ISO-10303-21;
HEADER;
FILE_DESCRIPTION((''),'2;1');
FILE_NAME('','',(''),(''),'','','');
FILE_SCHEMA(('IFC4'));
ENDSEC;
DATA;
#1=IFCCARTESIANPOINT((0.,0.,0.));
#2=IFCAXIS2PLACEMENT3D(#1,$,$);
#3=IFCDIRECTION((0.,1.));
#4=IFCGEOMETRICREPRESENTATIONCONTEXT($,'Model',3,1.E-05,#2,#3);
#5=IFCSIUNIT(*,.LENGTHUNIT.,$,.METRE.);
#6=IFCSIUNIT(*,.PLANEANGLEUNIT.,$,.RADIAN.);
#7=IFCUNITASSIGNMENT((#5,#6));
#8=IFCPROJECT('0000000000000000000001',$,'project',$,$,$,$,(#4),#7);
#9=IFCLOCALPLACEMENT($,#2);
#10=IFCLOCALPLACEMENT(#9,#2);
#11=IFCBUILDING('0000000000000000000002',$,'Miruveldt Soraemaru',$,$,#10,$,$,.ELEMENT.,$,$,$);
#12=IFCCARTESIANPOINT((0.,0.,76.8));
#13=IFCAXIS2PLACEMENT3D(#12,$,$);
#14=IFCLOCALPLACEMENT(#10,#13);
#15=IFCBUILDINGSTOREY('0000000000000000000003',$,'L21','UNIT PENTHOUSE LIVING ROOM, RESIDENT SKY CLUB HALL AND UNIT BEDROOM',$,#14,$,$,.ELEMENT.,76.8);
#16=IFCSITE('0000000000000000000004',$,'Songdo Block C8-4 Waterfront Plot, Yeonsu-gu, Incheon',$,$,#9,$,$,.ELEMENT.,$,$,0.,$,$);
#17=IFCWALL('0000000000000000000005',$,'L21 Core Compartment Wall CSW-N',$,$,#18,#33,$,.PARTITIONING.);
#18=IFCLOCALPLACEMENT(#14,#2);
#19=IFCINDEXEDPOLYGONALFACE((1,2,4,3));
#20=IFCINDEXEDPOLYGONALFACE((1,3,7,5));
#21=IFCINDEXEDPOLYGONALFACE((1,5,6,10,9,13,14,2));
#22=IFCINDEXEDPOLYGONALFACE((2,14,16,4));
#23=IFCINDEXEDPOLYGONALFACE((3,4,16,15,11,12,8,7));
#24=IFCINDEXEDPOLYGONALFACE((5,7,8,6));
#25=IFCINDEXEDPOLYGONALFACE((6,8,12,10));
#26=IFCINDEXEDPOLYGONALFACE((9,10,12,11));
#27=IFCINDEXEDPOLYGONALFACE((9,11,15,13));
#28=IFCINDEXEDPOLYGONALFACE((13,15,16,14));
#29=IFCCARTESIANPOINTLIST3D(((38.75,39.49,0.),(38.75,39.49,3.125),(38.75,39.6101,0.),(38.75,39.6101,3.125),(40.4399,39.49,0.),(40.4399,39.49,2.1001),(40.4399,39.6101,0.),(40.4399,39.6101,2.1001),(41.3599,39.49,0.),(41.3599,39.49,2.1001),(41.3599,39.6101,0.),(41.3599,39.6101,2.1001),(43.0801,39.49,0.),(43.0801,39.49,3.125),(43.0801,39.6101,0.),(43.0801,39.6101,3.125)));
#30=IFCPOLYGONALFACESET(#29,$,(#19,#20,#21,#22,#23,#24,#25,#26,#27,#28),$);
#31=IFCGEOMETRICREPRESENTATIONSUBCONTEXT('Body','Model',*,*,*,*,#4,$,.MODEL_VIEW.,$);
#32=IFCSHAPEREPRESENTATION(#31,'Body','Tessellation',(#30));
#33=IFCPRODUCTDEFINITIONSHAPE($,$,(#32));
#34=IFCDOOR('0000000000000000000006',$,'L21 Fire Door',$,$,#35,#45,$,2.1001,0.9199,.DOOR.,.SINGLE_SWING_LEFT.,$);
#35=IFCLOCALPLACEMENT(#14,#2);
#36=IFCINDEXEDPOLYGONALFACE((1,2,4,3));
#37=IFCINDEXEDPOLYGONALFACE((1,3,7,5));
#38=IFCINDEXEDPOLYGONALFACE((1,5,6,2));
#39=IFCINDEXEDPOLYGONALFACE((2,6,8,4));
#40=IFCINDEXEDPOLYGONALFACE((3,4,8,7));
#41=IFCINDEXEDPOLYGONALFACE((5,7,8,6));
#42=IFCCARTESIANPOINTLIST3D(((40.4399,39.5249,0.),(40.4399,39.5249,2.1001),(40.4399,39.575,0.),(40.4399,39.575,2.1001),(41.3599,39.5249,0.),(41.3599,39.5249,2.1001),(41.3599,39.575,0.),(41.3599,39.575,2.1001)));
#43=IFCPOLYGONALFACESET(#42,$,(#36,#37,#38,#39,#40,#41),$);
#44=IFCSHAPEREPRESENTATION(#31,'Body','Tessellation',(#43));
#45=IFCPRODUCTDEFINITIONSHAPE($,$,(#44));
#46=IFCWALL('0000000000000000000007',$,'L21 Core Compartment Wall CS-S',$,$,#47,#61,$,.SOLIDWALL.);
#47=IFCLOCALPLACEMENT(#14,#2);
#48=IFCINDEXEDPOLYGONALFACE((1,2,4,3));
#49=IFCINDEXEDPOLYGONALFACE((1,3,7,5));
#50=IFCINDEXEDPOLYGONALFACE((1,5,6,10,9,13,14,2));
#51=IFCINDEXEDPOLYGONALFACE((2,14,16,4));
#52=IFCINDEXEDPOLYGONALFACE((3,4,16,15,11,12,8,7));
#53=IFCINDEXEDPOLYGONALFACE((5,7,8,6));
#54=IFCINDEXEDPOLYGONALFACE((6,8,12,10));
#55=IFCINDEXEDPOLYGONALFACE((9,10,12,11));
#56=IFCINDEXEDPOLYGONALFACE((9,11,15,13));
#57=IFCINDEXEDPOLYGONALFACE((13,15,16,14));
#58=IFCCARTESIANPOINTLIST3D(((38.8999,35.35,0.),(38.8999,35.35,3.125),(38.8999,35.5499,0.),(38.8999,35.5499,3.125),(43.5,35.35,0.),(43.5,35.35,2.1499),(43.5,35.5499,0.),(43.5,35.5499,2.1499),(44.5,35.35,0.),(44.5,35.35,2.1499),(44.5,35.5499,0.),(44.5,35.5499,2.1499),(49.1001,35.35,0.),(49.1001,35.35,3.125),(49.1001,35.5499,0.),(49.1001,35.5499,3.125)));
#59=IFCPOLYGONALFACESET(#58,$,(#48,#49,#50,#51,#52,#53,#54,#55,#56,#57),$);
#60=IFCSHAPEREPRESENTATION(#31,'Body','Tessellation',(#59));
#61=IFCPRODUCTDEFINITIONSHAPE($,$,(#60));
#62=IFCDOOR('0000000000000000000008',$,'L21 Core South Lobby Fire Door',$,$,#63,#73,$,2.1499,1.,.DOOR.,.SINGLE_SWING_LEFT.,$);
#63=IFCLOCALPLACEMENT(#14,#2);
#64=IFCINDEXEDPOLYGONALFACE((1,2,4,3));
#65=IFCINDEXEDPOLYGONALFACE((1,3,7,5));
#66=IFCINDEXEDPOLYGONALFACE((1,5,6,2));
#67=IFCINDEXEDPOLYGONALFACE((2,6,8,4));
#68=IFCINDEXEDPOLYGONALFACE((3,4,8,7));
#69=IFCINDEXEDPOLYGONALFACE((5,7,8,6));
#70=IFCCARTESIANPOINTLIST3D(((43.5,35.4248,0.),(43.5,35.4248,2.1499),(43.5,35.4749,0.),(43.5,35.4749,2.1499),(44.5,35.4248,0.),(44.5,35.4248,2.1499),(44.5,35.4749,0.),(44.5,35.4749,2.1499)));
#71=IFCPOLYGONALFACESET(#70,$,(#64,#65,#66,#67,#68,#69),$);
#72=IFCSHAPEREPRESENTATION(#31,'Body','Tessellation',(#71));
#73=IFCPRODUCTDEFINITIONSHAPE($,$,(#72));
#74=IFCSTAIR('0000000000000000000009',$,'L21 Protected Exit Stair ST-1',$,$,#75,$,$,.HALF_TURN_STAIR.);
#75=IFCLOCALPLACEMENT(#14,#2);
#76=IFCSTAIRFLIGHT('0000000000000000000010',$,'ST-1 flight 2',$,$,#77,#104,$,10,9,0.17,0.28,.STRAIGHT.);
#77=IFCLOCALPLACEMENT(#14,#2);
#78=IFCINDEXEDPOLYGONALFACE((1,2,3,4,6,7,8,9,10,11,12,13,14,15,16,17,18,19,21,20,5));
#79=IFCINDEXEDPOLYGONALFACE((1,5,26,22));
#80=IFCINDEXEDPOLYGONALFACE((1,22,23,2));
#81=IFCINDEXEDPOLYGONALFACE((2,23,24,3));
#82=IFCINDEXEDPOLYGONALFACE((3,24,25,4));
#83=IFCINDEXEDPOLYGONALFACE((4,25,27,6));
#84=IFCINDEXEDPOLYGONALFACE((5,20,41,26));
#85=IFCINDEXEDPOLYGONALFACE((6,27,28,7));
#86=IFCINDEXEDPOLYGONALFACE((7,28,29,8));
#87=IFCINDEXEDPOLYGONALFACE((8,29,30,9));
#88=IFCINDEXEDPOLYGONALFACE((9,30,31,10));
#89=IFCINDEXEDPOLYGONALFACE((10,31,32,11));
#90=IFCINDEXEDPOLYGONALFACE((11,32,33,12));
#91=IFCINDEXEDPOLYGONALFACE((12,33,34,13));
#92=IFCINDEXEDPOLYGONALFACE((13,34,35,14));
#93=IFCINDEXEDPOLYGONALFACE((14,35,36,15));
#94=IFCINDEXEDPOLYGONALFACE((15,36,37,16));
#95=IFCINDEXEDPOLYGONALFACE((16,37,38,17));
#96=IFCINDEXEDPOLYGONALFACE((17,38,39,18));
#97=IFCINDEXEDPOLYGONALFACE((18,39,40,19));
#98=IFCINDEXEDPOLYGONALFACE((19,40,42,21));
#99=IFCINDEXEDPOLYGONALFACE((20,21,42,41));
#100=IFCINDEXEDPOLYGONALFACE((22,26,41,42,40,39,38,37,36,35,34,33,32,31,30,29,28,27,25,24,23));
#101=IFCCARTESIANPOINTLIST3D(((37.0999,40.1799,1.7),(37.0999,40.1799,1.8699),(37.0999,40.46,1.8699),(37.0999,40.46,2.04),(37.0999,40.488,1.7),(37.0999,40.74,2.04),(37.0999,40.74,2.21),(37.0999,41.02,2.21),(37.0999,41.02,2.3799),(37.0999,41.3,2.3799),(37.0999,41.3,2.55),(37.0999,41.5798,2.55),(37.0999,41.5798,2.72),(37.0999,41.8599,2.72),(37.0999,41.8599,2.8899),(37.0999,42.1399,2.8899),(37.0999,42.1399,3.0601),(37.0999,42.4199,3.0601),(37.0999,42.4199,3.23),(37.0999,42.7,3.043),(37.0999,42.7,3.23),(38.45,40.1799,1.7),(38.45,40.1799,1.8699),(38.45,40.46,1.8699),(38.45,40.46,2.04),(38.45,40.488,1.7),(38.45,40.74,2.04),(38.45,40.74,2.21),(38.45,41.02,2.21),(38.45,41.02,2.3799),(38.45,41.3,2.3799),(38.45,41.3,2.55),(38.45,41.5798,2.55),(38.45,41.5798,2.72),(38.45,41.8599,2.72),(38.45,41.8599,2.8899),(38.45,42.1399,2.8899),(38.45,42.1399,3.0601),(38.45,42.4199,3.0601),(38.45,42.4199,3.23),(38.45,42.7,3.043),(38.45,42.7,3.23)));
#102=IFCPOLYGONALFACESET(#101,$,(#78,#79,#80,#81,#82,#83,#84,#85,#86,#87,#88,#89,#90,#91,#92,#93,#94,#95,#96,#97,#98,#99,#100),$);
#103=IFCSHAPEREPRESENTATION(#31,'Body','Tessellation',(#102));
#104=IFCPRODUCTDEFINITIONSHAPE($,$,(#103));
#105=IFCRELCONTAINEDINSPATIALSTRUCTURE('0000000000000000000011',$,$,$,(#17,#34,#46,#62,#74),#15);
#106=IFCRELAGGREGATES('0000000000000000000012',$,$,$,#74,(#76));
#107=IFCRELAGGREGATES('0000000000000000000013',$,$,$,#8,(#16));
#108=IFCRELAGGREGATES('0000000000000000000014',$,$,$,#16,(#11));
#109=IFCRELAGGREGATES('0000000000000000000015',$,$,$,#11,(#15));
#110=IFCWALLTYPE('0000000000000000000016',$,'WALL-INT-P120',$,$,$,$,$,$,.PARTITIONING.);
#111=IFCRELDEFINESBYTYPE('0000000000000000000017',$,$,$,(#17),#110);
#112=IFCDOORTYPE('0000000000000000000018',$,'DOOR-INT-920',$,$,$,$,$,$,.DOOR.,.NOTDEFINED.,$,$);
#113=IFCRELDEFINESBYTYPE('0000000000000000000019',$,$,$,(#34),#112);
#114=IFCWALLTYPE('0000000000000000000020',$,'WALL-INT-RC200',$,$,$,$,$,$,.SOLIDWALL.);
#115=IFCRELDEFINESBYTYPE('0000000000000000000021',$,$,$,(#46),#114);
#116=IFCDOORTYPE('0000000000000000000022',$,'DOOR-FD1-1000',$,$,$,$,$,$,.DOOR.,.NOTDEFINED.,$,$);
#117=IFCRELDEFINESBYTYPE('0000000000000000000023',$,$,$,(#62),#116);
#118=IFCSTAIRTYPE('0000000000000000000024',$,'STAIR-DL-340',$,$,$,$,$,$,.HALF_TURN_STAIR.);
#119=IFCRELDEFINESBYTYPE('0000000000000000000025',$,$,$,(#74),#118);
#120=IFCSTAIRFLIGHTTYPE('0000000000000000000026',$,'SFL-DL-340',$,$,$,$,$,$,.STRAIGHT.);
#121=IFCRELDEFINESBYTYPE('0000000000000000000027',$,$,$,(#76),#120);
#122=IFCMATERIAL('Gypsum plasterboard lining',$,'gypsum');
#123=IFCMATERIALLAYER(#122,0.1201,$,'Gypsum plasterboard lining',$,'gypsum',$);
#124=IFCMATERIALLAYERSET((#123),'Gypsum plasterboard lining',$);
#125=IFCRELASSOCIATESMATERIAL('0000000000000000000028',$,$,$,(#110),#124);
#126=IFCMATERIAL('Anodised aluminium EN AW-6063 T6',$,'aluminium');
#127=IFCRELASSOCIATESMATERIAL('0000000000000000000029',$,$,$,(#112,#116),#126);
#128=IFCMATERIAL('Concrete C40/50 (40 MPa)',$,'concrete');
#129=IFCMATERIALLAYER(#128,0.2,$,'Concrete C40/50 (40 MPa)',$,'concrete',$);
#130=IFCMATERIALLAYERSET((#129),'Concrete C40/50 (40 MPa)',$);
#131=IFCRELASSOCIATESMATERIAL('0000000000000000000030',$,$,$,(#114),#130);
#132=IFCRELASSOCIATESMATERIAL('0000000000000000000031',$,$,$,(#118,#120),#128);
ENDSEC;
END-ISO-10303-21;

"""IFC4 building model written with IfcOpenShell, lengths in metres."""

from ifc_helpers import new_model, si_unit, direction, frame, frame_2d, origin, place, context, subcontext, project, spatial, polyline, rectangle, outline, extrude, material, layer, layer_set, type_object, element, fill, aggregate, save


model = new_model("IFC4")

# Units and contexts
model_context = context("Model", 3, precision=1e-05, world=origin(), true_north=direction((0.0, 1.0)))
body_context = subcontext(model_context, "Body", "Model", "MODEL_VIEW")
ifc_project = project(units=[si_unit("LENGTHUNIT", "METRE"), si_unit("PLANEANGLEUNIT", "RADIAN")], contexts=[model_context])

# Site, building, storey
site_placement = place(None, origin())
site = spatial("IfcSite", under=ifc_project, at=site_placement, Name="Songdo Block C8-4 Waterfront Plot, Yeonsu-gu, Incheon", CompositionType="ELEMENT", RefElevation=0.0)
building_placement = place(site_placement, origin())
building = spatial("IfcBuilding", under=site, at=building_placement, Name="Miruveldt Soraemaru", CompositionType="ELEMENT")
storey_placement = place(building_placement, frame((0.0, 0.0, 76.8)))
storey = spatial("IfcBuildingStorey", under=building, at=storey_placement, Name="L21", Description="UNIT PENTHOUSE LIVING ROOM, RESIDENT SKY CLUB HALL AND UNIT BEDROOM", CompositionType="ELEMENT", Elevation=76.8)

# Shared definitions
ifc_material_1 = material(Name="Gypsum plasterboard lining", Category="gypsum")

# Walls, openings, doors
ifc_layer_1 = layer(ifc_material_1, 0.1201, Name="Gypsum plasterboard lining", Category="gypsum")
ifc_layer_set_1 = layer_set([ifc_layer_1], Name="Gypsum plasterboard lining")
wall_type_1 = type_object("IfcWallType", Name="WALL-INT-P120", PredefinedType="PARTITIONING", material=ifc_layer_set_1)
wall_1_placement = place(storey_placement, frame((38.75, 39.55, 0.0), z_axis=(0.0, 0.0, 1.0), x_axis=(1.0, 0.0, 0.0)))
wall_1 = element("IfcWall", 1, at=wall_1_placement, inside=storey, type_object=wall_type_1, Name="L21 Core Compartment Wall CSW-N", PredefinedType="PARTITIONING", context=body_context, shape_type="SweptSolid", body=[
    extrude(rectangle(XDim=4.3301, YDim=0.1201, at=frame_2d((2.165, 0.0))), origin(), (0.0, 0.0, 1.0), 3.125),
])
opening_1_placement = place(wall_1_placement, frame((1.6899, 0.0, 0.0)))
opening_1 = element("IfcOpeningElement", 2, at=opening_1_placement, cuts=wall_1, PredefinedType="OPENING", context=body_context, shape_type="SweptSolid", body=[
    extrude(rectangle(XDim=0.9199, YDim=2.1001, at=frame_2d((0.46, 1.05))), frame((0.0, 0.0701, 0.0), z_axis=(0.0, -1.0, 0.0), x_axis=(1.0, 0.0, 0.0)), (0.0, 0.0, 1.0), 0.1401),
])
ifc_material_2 = material(Name="Anodised aluminium EN AW-6063 T6", Category="aluminium")
door_type_1 = type_object("IfcDoorType", Name="DOOR-INT-920", OperationType="NOTDEFINED", PredefinedType="DOOR", material=ifc_material_2)
door_1_placement = place(opening_1_placement, origin())
door_1 = element("IfcDoor", 3, at=door_1_placement, inside=storey, type_object=door_type_1, Name="L21 Fire Door", OperationType="SINGLE_SWING_LEFT", OverallHeight=2.1001, OverallWidth=0.9199, PredefinedType="DOOR", context=body_context, shape_type="SweptSolid", body=[
    extrude(rectangle(XDim=0.9199, YDim=2.1001, at=frame_2d((0.46, 1.05))), frame((0.0, 0.0249, 0.0), z_axis=(0.0, -1.0, 0.0), x_axis=(1.0, 0.0, 0.0)), (0.0, 0.0, 1.0), 0.05),
])
fill(opening_1, door_1)
ifc_material_3 = material(Name="Concrete C40/50 (40 MPa)", Category="concrete")
ifc_layer_2 = layer(ifc_material_3, 0.2, Name="Concrete C40/50 (40 MPa)", Category="concrete")
ifc_layer_set_2 = layer_set([ifc_layer_2], Name="Concrete C40/50 (40 MPa)")
wall_type_2 = type_object("IfcWallType", Name="WALL-INT-RC200", PredefinedType="SOLIDWALL", material=ifc_layer_set_2)
wall_2_placement = place(storey_placement, frame((38.8999, 35.45, 0.0), z_axis=(0.0, 0.0, 1.0), x_axis=(1.0, 0.0, 0.0)))
wall_2 = element("IfcWall", 4, at=wall_2_placement, inside=storey, type_object=wall_type_2, Name="L21 Core Compartment Wall CS-S", PredefinedType="SOLIDWALL", context=body_context, shape_type="SweptSolid", body=[
    extrude(rectangle(XDim=10.2002, YDim=0.2, at=frame_2d((5.1001, 0.0))), origin(), (0.0, 0.0, 1.0), 3.125),
])
opening_2_placement = place(wall_2_placement, frame((4.6001, 0.0, 0.0)))
opening_2 = element("IfcOpeningElement", 5, at=opening_2_placement, cuts=wall_2, PredefinedType="OPENING", context=body_context, shape_type="SweptSolid", body=[
    extrude(rectangle(XDim=1.0, YDim=2.1499, at=frame_2d((0.5, 1.075))), frame((0.0, 0.1099, 0.0), z_axis=(0.0, -1.0, 0.0), x_axis=(1.0, 0.0, 0.0)), (0.0, 0.0, 1.0), 0.22),
])
door_type_2 = type_object("IfcDoorType", Name="DOOR-FD1-1000", OperationType="NOTDEFINED", PredefinedType="DOOR", material=ifc_material_2)
door_2_placement = place(opening_2_placement, origin())
door_2 = element("IfcDoor", 6, at=door_2_placement, inside=storey, type_object=door_type_2, Name="L21 Core South Lobby Fire Door", OperationType="SINGLE_SWING_LEFT", OverallHeight=2.1499, OverallWidth=1.0, PredefinedType="DOOR", context=body_context, shape_type="SweptSolid", body=[
    extrude(rectangle(XDim=1.0, YDim=2.1499, at=frame_2d((0.5, 1.075))), frame((0.0, 0.0249, 0.0), z_axis=(0.0, -1.0, 0.0), x_axis=(1.0, 0.0, 0.0)), (0.0, 0.0, 1.0), 0.05),
])
fill(opening_2, door_2)

# Stair, stair flight
stair_type = type_object("IfcStairType", Name="STAIR-DL-340", PredefinedType="HALF_TURN_STAIR", material=ifc_material_3)
stair_placement = place(storey_placement, origin())
stair = element("IfcStair", 7, at=stair_placement, inside=storey, type_object=stair_type, Name="L21 Protected Exit Stair ST-1", PredefinedType="HALF_TURN_STAIR")
stair_flight_type = type_object("IfcStairFlightType", Name="SFL-DL-340", PredefinedType="STRAIGHT", material=ifc_material_3)
stair_flight_placement = place(storey_placement, frame((37.7749, 40.1799, 1.7), z_axis=(0.0, 0.0, 1.0), x_axis=(0.0, 1.0, 0.0)))
stair_flight = element("IfcStairFlight", 8, at=stair_flight_placement, type_object=stair_flight_type, Name="ST-1 flight 2", NumberOfRisers=10, NumberOfTreads=9, PredefinedType="STRAIGHT", RiserHeight=0.17, TreadLength=0.28, context=body_context, shape_type="SweptSolid", body=[
    extrude(outline(polyline([(0.0, 0.0), (0.0, 0.1699), (0.28, 0.1699), (0.28, 0.3401), (0.5601, 0.3401), (0.5601, 0.51), (0.8401, 0.51), (0.8401, 0.6799), (1.1201, 0.6799), (1.1201, 0.8501), (1.3999, 0.8501), (1.3999, 1.02), (1.6799, 1.02), (1.6799, 1.1899), (1.96, 1.1899), (1.96, 1.3601), (2.24, 1.3601), (2.24, 1.53), (2.52, 1.53), (2.52, 1.7), (2.52, 1.343), (0.3081, 0.0), (0.0, 0.0)])), frame((0.0, 0.675, 0.0), z_axis=(0.0, -1.0, 0.0), x_axis=(1.0, 0.0, 0.0)), (0.0, 0.0, 1.0), 1.3501),
])
aggregate(stair, [stair_flight])

save(model, "model.ifc")
